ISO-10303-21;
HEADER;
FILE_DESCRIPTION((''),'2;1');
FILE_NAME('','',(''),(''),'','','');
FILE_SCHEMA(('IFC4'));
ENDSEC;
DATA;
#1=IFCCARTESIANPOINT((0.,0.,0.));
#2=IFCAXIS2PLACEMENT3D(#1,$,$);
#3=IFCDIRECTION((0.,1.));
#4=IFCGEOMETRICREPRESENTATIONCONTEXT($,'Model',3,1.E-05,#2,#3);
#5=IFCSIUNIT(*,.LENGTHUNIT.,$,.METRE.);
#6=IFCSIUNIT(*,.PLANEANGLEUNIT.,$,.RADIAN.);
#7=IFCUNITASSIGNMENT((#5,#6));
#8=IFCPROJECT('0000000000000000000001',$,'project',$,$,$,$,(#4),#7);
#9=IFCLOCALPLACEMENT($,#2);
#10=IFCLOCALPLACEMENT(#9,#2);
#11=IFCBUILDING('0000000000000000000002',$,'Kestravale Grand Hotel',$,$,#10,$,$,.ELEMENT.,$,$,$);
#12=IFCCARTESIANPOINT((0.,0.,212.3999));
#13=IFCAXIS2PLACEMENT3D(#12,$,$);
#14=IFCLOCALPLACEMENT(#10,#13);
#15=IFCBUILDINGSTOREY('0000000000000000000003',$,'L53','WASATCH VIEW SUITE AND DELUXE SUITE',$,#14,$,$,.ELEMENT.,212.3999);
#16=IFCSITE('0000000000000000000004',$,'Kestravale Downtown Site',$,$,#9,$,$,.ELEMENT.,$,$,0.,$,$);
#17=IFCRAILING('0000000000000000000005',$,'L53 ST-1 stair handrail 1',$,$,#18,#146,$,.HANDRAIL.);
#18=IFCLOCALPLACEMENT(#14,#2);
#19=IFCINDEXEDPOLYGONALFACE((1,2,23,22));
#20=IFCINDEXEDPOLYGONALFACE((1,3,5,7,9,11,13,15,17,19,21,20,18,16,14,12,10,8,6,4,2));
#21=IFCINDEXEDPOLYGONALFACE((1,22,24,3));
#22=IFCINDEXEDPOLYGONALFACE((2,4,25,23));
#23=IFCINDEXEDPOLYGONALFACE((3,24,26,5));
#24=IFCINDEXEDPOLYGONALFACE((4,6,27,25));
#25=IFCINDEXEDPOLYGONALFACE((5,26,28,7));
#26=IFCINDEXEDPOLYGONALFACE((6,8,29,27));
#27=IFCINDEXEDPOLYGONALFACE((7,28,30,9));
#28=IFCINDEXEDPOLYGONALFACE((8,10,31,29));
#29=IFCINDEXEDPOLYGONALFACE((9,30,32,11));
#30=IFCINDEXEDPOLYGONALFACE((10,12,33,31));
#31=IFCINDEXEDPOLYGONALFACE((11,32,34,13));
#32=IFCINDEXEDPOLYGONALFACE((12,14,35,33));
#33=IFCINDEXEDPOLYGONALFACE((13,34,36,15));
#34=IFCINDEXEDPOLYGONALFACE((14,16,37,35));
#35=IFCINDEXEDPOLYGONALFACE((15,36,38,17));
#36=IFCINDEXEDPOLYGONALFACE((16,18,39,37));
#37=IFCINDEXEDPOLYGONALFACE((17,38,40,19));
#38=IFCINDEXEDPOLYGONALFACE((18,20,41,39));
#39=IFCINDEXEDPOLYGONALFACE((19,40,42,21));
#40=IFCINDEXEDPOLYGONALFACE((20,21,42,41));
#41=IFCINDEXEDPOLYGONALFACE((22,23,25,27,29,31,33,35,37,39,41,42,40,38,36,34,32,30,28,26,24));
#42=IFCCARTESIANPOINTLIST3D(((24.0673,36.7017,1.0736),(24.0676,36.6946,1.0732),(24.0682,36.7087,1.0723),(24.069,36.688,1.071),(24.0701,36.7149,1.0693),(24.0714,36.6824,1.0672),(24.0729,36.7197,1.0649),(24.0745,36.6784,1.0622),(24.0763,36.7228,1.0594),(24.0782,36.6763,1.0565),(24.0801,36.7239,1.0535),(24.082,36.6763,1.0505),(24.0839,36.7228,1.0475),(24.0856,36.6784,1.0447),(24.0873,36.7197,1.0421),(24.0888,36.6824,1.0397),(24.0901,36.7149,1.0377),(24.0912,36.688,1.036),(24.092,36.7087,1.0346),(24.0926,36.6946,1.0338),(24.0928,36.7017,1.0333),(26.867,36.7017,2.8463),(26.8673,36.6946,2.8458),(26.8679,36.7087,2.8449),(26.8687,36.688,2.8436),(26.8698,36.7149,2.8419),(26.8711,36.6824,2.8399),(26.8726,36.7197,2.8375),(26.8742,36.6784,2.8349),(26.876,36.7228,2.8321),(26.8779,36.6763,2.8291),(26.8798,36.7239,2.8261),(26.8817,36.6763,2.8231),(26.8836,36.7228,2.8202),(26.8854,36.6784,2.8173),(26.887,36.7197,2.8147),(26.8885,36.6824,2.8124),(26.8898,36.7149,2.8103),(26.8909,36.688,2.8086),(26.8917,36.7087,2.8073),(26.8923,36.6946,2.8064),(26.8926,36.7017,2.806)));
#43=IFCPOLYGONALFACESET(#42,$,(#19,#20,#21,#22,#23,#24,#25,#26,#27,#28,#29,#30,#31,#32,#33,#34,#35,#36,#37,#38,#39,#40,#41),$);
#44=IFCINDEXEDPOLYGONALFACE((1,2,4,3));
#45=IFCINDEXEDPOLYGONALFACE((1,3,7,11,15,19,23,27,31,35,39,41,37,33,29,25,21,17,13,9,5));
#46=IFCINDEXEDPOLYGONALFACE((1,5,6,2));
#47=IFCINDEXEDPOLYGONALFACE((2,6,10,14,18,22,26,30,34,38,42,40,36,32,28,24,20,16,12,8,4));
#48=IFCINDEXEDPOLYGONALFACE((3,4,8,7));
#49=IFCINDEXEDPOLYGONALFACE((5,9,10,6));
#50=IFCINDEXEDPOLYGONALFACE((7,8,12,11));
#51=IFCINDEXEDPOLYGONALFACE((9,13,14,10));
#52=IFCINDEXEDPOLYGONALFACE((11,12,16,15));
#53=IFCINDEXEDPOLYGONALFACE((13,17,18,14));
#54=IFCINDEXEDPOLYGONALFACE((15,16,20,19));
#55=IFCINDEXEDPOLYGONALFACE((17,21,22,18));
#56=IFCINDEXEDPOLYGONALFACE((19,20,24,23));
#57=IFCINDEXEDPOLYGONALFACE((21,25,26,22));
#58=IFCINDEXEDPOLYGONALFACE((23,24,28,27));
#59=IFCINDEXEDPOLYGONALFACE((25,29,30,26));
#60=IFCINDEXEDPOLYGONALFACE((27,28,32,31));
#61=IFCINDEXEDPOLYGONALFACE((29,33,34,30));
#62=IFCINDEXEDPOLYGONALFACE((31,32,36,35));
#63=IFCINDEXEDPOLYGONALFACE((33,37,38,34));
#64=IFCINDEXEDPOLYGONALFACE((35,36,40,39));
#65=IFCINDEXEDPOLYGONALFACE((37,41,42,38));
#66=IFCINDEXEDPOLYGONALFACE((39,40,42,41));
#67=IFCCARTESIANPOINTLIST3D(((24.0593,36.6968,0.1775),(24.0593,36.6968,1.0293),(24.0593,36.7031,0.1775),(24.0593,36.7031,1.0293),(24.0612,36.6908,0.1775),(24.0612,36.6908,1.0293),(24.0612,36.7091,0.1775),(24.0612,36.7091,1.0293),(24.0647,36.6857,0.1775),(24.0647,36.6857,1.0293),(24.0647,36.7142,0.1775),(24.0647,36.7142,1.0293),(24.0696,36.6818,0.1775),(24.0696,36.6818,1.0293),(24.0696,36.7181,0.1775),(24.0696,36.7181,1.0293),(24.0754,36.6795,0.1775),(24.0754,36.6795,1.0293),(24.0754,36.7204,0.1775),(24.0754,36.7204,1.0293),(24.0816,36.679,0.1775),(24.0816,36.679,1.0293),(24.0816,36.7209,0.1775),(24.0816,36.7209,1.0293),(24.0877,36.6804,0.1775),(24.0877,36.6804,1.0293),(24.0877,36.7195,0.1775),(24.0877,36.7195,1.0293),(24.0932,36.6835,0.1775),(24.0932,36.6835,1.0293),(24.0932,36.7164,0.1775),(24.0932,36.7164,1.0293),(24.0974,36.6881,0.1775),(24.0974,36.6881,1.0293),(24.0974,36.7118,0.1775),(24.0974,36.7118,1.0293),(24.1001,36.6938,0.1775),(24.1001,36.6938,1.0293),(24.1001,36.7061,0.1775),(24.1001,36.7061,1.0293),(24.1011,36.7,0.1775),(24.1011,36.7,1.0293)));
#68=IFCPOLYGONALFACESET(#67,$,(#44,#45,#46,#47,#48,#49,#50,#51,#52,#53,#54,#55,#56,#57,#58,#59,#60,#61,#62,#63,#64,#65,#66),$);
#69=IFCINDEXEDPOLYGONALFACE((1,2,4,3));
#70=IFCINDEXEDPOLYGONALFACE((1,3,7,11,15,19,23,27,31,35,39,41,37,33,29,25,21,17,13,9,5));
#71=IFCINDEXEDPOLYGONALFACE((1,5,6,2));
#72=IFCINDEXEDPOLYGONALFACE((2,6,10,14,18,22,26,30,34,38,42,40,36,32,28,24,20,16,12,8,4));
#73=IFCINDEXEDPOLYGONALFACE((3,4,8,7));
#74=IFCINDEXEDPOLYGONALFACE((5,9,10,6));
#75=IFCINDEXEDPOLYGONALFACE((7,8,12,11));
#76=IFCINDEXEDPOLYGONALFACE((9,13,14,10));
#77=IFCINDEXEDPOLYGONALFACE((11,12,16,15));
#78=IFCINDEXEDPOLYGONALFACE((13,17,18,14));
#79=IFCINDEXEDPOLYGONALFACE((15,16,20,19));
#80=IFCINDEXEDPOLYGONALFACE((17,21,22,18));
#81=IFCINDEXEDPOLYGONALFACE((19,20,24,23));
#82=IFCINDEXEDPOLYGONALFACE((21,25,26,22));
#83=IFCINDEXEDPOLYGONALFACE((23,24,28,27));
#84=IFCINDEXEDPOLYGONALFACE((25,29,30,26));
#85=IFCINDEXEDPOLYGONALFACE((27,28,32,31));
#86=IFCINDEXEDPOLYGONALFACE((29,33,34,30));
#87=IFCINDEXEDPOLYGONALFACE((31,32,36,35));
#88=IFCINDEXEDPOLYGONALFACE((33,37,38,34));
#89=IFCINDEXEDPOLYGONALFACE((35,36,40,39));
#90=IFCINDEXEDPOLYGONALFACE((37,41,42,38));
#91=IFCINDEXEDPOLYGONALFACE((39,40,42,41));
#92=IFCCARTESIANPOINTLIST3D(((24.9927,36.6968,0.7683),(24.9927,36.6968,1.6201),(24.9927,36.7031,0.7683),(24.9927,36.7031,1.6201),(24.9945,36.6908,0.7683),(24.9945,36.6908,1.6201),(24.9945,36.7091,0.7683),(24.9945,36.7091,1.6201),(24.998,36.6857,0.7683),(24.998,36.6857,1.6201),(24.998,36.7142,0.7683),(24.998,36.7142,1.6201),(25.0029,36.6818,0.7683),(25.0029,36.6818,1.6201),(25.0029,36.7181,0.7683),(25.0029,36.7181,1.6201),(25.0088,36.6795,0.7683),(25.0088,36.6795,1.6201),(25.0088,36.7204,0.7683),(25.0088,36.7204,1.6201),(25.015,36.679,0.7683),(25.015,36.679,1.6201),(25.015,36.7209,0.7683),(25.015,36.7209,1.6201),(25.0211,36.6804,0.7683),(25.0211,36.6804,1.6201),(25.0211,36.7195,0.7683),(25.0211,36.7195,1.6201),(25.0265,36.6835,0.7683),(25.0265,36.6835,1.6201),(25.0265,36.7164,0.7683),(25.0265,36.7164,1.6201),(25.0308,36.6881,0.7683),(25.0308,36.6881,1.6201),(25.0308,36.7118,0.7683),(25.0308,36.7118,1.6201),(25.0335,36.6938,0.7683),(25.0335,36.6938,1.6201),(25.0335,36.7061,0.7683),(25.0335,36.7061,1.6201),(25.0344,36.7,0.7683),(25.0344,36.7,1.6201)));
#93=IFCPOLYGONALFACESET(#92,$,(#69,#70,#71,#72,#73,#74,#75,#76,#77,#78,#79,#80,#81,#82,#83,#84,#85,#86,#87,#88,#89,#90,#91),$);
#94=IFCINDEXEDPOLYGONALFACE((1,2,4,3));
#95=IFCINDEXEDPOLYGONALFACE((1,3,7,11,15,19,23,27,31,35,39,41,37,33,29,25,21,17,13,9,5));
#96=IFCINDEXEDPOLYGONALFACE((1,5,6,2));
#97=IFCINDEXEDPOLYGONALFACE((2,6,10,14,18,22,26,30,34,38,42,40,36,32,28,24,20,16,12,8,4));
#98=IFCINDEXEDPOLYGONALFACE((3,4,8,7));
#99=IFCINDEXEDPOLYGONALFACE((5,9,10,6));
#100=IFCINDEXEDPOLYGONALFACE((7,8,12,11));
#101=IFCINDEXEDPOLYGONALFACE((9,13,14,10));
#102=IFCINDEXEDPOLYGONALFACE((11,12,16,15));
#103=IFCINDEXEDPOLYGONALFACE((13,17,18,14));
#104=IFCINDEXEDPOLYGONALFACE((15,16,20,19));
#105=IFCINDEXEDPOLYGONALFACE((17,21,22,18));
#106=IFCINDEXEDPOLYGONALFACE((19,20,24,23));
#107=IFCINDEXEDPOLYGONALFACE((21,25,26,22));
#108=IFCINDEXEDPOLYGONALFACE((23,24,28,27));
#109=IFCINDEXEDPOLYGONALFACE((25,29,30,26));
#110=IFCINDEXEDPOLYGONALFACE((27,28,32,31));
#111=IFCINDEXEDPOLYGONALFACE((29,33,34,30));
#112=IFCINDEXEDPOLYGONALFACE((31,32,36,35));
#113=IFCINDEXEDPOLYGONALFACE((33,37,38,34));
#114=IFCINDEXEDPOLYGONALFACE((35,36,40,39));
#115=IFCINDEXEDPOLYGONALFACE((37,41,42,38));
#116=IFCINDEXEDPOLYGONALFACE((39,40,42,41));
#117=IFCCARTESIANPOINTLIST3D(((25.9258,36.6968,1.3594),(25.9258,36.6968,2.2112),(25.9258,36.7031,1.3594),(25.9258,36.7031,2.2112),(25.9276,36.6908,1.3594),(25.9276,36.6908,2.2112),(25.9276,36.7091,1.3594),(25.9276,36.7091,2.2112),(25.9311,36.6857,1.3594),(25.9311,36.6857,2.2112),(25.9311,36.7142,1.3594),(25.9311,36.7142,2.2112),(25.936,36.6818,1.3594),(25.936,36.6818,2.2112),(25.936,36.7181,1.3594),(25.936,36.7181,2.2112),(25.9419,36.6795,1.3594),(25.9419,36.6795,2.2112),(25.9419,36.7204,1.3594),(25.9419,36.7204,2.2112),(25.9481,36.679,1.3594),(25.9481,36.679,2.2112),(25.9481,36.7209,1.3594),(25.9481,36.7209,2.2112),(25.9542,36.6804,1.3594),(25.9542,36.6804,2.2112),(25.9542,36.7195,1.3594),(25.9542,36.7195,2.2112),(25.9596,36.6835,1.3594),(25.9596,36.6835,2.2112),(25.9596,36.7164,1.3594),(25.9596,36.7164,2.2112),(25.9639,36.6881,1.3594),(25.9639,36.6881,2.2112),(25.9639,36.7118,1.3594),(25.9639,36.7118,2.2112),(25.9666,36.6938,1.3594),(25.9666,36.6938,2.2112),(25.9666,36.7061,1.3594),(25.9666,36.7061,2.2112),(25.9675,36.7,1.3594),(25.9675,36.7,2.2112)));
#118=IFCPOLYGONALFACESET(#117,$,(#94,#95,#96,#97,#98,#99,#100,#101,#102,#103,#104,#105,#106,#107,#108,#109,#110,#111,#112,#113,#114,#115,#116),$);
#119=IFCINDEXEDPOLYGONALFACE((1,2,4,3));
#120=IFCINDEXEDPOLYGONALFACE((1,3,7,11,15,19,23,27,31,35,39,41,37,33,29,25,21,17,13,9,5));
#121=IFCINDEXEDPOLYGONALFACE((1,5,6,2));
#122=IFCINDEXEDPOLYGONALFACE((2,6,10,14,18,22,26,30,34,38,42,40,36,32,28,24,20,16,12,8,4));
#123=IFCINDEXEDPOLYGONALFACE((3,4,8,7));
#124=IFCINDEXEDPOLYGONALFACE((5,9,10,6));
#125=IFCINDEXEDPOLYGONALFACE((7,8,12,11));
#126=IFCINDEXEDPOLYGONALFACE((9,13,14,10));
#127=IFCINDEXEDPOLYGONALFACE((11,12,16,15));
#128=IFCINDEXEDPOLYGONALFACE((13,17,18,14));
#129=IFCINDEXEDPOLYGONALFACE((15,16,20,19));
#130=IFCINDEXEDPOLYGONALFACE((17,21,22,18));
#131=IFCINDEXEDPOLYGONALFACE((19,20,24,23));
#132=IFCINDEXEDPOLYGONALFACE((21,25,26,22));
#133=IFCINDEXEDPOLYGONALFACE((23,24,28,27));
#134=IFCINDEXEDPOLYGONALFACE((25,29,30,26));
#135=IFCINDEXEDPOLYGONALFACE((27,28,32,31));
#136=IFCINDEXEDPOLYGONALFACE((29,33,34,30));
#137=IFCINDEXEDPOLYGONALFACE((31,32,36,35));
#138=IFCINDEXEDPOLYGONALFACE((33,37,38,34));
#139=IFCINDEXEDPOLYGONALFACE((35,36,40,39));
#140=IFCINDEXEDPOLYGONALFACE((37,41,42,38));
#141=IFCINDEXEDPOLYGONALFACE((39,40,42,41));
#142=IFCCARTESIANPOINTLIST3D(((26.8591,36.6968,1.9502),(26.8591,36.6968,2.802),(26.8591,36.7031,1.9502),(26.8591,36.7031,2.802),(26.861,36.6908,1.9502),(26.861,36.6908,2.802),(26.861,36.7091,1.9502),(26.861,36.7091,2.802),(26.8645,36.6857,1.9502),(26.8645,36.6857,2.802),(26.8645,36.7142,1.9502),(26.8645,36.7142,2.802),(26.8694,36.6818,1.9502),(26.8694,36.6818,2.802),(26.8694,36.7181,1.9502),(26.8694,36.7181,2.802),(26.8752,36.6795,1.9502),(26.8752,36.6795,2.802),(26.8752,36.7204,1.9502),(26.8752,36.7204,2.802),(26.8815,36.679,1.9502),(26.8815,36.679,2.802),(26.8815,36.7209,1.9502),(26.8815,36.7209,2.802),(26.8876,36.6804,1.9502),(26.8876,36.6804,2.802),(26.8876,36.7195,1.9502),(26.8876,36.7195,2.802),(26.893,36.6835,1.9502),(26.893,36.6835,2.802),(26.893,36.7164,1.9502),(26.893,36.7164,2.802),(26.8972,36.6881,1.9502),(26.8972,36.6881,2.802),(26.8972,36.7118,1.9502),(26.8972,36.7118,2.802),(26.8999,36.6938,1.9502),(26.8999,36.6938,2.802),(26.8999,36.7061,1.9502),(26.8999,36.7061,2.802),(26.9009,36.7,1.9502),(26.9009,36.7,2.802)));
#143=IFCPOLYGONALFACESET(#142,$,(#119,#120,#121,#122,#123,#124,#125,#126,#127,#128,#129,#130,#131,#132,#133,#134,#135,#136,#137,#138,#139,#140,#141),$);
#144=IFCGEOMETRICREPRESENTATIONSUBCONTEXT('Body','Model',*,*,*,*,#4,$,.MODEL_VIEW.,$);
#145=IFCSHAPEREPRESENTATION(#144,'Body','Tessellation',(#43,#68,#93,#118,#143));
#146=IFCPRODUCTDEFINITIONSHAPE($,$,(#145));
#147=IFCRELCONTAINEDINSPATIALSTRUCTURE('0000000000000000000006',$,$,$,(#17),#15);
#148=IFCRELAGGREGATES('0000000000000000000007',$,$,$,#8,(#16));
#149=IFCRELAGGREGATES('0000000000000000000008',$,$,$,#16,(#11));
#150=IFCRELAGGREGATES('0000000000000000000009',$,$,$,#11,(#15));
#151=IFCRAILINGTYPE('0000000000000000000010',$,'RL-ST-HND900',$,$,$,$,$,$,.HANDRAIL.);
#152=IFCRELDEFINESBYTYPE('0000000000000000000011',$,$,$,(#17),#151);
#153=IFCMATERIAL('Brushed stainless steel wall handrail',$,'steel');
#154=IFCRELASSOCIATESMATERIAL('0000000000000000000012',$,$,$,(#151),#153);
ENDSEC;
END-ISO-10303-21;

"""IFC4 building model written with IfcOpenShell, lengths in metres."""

from ifc_helpers import new_model, si_unit, direction, frame, origin, origin_2d, place, context, subcontext, project, spatial, circle, extrude, material, type_object, element, save


model = new_model("IFC4")

# Units and contexts
model_context = context("Model", 3, precision=1e-05, world=origin(), true_north=direction((0.0, 1.0)))
body_context = subcontext(model_context, "Body", "Model", "MODEL_VIEW")
ifc_project = project(units=[si_unit("LENGTHUNIT", "METRE"), si_unit("PLANEANGLEUNIT", "RADIAN")], contexts=[model_context])

# Site, building, storey
site_placement = place(None, origin())
site = spatial("IfcSite", under=ifc_project, at=site_placement, Name="Kestravale Downtown Site", CompositionType="ELEMENT", RefElevation=0.0)
building_placement = place(site_placement, origin())
building = spatial("IfcBuilding", under=site, at=building_placement, Name="Kestravale Grand Hotel", CompositionType="ELEMENT")
storey_placement = place(building_placement, frame((0.0, 0.0, 212.3999)))
storey = spatial("IfcBuildingStorey", under=building, at=storey_placement, Name="L53", Description="WASATCH VIEW SUITE AND DELUXE SUITE", CompositionType="ELEMENT", Elevation=212.3999)

# Railing
ifc_material_1 = material(Name="Brushed stainless steel wall handrail", Category="steel")
railing_type_1 = type_object("IfcRailingType", Name="RL-ST-HND900", PredefinedType="HANDRAIL", material=ifc_material_1)
railing_1_placement = place(storey_placement, frame((24.0801, 36.7, 0.1775)))
element("IfcRailing", 1, at=railing_1_placement, inside=storey, type_object=railing_type_1, Name="L53 ST-1 stair handrail 1", PredefinedType="HANDRAIL", context=body_context, shape_type="SweptSolid", body=[
    extrude(circle(Radius=0.0239, at=origin_2d()), frame((0.0, 0.0, 0.876), z_axis=(0.844888, 0.0, 0.534943), x_axis=(0.0, 1.0, 0.0)), (0.0, 0.0, 1.0), 3.3137),
    extrude(circle(Radius=0.021, at=origin_2d()), origin(), (0.0, 0.0, 1.0), 0.8518),
    extrude(circle(Radius=0.021, at=origin_2d()), frame((0.9333, 0.0, 0.5908)), (0.0, 0.0, 1.0), 0.8518),
    extrude(circle(Radius=0.021, at=origin_2d()), frame((1.8665, 0.0, 1.1819)), (0.0, 0.0, 1.0), 0.8518),
    extrude(circle(Radius=0.021, at=origin_2d()), frame((2.7998, 0.0, 1.7727)), (0.0, 0.0, 1.0), 0.8518),
])

save(model, "model.ifc")
